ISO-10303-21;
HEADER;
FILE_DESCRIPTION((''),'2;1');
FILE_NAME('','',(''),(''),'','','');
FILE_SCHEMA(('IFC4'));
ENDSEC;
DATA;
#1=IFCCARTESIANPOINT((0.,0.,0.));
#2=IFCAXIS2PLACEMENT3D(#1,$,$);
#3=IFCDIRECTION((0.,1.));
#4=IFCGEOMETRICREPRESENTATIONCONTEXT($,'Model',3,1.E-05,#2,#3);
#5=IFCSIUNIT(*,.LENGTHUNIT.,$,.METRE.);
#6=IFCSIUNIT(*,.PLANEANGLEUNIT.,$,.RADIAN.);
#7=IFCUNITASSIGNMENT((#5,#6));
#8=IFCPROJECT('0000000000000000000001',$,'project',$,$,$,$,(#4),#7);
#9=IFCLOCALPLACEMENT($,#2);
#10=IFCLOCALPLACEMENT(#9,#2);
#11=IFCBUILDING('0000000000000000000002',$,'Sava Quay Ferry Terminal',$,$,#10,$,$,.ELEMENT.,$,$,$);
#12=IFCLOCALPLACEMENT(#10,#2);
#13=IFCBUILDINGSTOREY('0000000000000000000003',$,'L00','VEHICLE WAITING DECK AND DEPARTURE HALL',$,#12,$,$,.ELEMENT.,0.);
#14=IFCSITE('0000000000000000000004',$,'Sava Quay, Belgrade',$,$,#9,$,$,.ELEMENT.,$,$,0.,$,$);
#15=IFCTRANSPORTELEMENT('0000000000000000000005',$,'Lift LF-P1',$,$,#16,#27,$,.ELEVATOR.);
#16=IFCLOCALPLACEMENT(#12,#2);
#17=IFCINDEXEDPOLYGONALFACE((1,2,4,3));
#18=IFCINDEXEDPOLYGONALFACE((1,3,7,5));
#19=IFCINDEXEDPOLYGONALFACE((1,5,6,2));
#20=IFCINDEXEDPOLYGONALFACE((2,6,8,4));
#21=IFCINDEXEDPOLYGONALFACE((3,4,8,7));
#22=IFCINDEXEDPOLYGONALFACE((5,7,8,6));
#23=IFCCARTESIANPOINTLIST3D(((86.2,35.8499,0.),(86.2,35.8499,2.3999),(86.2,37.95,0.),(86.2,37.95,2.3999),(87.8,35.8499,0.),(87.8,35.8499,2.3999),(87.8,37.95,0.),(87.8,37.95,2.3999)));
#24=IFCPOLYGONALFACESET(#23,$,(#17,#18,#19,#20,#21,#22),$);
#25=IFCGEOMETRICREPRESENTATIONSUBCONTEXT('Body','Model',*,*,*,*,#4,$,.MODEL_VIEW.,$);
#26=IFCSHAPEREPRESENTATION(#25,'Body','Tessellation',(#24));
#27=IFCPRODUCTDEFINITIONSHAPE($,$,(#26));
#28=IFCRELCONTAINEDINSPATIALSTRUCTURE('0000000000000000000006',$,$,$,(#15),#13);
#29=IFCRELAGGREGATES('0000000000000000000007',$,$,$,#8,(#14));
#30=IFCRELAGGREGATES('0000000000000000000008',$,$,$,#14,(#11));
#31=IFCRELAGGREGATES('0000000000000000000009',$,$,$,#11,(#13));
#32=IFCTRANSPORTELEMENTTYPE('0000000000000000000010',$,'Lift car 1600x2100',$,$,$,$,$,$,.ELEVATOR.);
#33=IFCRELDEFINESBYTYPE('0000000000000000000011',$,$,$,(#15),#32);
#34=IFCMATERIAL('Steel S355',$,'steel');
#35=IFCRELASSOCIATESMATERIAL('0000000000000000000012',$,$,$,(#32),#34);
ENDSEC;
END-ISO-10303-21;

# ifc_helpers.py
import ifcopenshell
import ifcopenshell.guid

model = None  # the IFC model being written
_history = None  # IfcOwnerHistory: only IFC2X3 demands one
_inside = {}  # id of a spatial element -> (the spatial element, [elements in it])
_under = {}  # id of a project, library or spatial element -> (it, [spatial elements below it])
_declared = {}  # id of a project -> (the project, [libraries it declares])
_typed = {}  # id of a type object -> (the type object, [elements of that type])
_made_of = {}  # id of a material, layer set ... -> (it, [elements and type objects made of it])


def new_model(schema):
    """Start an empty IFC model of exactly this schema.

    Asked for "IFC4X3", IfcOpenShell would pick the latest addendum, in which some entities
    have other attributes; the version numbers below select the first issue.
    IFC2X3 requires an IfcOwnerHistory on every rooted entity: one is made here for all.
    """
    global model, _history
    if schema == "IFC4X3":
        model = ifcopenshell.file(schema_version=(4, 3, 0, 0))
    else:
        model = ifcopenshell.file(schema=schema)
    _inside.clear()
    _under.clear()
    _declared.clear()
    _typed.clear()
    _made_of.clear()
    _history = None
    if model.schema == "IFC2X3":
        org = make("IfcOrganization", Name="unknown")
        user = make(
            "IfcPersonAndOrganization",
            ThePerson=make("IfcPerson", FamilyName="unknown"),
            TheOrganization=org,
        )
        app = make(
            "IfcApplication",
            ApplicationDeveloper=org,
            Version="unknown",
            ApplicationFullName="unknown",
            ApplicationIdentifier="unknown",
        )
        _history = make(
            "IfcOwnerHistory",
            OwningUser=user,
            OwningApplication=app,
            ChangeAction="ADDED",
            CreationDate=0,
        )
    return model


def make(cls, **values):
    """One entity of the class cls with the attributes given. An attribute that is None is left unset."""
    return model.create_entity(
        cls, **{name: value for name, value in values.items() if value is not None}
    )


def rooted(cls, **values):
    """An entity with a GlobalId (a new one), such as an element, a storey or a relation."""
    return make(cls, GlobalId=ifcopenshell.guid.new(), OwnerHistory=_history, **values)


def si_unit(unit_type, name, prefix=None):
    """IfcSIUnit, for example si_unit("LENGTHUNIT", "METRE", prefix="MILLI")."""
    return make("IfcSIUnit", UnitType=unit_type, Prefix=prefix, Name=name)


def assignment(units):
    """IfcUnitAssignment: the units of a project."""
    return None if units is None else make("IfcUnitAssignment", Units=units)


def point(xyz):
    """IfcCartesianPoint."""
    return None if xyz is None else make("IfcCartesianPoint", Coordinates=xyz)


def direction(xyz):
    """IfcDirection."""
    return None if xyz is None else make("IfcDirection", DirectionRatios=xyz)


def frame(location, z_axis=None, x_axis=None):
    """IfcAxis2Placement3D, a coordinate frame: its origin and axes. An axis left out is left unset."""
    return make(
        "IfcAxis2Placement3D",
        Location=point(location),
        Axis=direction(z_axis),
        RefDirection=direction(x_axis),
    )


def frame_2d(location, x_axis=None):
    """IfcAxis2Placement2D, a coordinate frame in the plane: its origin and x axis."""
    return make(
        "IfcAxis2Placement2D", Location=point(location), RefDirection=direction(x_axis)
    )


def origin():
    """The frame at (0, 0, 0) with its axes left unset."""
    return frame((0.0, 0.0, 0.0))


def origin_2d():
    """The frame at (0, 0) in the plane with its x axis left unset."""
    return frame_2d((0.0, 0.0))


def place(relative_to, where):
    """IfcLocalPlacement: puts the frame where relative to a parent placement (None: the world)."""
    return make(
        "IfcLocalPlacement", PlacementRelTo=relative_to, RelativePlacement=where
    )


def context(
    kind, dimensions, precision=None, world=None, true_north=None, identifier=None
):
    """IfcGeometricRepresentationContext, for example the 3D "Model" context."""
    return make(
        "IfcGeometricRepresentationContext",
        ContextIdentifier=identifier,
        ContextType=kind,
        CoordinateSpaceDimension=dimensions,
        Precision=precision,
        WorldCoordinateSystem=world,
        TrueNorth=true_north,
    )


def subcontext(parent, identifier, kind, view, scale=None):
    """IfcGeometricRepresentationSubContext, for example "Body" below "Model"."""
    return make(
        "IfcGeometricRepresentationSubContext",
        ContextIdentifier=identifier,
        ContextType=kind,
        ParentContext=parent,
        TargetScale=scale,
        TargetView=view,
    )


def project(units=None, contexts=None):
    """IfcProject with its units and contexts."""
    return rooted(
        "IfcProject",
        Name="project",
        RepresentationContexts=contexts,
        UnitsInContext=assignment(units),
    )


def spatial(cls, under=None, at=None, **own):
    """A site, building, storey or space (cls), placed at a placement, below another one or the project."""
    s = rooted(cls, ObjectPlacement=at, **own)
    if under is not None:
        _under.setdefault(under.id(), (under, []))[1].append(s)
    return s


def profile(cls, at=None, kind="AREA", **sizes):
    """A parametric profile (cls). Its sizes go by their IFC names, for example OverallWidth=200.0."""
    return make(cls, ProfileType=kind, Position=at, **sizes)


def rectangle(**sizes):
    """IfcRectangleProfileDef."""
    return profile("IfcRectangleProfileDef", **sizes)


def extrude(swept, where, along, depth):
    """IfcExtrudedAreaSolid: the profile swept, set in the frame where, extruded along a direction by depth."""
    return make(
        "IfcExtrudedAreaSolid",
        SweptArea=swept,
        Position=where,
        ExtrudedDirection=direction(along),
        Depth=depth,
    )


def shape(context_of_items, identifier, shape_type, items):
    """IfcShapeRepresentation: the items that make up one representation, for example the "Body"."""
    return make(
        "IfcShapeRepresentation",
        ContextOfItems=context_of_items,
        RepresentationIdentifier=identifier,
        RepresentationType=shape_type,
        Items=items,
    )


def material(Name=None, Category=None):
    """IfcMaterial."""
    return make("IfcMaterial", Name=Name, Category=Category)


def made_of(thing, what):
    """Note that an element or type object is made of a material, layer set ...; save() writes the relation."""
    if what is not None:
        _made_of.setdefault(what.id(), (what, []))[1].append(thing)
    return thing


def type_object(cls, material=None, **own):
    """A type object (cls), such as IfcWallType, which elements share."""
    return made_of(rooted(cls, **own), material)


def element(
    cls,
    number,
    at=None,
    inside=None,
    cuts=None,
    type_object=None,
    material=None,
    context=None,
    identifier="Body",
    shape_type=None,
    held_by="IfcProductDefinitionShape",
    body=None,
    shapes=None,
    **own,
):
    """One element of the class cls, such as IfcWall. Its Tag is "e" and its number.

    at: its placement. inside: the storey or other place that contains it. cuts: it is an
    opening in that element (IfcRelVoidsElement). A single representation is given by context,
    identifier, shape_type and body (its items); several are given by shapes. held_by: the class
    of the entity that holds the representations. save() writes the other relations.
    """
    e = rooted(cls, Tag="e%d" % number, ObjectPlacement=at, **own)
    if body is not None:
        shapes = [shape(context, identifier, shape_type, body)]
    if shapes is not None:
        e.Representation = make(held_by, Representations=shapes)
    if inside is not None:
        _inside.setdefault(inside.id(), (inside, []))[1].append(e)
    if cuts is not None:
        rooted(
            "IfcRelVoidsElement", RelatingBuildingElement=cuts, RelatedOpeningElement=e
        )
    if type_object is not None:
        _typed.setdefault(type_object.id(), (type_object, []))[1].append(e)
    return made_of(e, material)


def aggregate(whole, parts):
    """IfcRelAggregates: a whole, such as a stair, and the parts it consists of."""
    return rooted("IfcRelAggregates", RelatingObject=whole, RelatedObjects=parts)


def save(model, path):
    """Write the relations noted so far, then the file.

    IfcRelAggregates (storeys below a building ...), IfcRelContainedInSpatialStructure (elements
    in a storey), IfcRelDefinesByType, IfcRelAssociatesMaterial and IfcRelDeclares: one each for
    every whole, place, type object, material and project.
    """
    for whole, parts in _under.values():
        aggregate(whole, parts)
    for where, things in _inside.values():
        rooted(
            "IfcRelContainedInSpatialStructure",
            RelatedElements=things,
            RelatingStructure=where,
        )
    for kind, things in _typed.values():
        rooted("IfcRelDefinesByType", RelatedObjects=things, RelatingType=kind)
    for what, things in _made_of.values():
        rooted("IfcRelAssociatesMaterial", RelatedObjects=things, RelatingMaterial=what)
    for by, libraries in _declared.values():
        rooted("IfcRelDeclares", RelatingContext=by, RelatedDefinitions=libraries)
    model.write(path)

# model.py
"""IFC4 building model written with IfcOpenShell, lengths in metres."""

from ifc_helpers import new_model, si_unit, direction, frame, origin, origin_2d, place, context, subcontext, project, spatial, rectangle, extrude, material, type_object, element, save


model = new_model("IFC4")

# Units and contexts
model_context = context("Model", 3, precision=1e-05, world=origin(), true_north=direction((0.0, 1.0)))
body_context = subcontext(model_context, "Body", "Model", "MODEL_VIEW")
ifc_project = project(units=[si_unit("LENGTHUNIT", "METRE"), si_unit("PLANEANGLEUNIT", "RADIAN")], contexts=[model_context])

# Site, building, storey
site_placement = place(None, origin())
site = spatial("IfcSite", under=ifc_project, at=site_placement, Name="Sava Quay, Belgrade", CompositionType="ELEMENT", RefElevation=0.0)
building_placement = place(site_placement, origin())
building = spatial("IfcBuilding", under=site, at=building_placement, Name="Sava Quay Ferry Terminal", CompositionType="ELEMENT")
storey_placement = place(building_placement, origin())
storey = spatial("IfcBuildingStorey", under=building, at=storey_placement, Name="L00", Description="VEHICLE WAITING DECK AND DEPARTURE HALL", CompositionType="ELEMENT", Elevation=0.0)

# Transport element
ifc_material_1 = material(Name="Steel S355", Category="steel")
transport_element_type = type_object("IfcTransportElementType", Name="Lift car 1600x2100", PredefinedType="ELEVATOR", material=ifc_material_1)
transport_element_placement = place(storey_placement, frame((87.0, 36.8999, 0.0), z_axis=(0.0, 0.0, 1.0), x_axis=(1.0, 0.0, 0.0)))
element("IfcTransportElement", 1, at=transport_element_placement, inside=storey, type_object=transport_element_type, Name="Lift LF-P1", PredefinedType="ELEVATOR", context=body_context, shape_type="SweptSolid", body=[
    extrude(rectangle(XDim=1.6001, YDim=2.1001, at=origin_2d()), origin(), (0.0, 0.0, 1.0), 2.3999),
])

save(model, "model.ifc")
